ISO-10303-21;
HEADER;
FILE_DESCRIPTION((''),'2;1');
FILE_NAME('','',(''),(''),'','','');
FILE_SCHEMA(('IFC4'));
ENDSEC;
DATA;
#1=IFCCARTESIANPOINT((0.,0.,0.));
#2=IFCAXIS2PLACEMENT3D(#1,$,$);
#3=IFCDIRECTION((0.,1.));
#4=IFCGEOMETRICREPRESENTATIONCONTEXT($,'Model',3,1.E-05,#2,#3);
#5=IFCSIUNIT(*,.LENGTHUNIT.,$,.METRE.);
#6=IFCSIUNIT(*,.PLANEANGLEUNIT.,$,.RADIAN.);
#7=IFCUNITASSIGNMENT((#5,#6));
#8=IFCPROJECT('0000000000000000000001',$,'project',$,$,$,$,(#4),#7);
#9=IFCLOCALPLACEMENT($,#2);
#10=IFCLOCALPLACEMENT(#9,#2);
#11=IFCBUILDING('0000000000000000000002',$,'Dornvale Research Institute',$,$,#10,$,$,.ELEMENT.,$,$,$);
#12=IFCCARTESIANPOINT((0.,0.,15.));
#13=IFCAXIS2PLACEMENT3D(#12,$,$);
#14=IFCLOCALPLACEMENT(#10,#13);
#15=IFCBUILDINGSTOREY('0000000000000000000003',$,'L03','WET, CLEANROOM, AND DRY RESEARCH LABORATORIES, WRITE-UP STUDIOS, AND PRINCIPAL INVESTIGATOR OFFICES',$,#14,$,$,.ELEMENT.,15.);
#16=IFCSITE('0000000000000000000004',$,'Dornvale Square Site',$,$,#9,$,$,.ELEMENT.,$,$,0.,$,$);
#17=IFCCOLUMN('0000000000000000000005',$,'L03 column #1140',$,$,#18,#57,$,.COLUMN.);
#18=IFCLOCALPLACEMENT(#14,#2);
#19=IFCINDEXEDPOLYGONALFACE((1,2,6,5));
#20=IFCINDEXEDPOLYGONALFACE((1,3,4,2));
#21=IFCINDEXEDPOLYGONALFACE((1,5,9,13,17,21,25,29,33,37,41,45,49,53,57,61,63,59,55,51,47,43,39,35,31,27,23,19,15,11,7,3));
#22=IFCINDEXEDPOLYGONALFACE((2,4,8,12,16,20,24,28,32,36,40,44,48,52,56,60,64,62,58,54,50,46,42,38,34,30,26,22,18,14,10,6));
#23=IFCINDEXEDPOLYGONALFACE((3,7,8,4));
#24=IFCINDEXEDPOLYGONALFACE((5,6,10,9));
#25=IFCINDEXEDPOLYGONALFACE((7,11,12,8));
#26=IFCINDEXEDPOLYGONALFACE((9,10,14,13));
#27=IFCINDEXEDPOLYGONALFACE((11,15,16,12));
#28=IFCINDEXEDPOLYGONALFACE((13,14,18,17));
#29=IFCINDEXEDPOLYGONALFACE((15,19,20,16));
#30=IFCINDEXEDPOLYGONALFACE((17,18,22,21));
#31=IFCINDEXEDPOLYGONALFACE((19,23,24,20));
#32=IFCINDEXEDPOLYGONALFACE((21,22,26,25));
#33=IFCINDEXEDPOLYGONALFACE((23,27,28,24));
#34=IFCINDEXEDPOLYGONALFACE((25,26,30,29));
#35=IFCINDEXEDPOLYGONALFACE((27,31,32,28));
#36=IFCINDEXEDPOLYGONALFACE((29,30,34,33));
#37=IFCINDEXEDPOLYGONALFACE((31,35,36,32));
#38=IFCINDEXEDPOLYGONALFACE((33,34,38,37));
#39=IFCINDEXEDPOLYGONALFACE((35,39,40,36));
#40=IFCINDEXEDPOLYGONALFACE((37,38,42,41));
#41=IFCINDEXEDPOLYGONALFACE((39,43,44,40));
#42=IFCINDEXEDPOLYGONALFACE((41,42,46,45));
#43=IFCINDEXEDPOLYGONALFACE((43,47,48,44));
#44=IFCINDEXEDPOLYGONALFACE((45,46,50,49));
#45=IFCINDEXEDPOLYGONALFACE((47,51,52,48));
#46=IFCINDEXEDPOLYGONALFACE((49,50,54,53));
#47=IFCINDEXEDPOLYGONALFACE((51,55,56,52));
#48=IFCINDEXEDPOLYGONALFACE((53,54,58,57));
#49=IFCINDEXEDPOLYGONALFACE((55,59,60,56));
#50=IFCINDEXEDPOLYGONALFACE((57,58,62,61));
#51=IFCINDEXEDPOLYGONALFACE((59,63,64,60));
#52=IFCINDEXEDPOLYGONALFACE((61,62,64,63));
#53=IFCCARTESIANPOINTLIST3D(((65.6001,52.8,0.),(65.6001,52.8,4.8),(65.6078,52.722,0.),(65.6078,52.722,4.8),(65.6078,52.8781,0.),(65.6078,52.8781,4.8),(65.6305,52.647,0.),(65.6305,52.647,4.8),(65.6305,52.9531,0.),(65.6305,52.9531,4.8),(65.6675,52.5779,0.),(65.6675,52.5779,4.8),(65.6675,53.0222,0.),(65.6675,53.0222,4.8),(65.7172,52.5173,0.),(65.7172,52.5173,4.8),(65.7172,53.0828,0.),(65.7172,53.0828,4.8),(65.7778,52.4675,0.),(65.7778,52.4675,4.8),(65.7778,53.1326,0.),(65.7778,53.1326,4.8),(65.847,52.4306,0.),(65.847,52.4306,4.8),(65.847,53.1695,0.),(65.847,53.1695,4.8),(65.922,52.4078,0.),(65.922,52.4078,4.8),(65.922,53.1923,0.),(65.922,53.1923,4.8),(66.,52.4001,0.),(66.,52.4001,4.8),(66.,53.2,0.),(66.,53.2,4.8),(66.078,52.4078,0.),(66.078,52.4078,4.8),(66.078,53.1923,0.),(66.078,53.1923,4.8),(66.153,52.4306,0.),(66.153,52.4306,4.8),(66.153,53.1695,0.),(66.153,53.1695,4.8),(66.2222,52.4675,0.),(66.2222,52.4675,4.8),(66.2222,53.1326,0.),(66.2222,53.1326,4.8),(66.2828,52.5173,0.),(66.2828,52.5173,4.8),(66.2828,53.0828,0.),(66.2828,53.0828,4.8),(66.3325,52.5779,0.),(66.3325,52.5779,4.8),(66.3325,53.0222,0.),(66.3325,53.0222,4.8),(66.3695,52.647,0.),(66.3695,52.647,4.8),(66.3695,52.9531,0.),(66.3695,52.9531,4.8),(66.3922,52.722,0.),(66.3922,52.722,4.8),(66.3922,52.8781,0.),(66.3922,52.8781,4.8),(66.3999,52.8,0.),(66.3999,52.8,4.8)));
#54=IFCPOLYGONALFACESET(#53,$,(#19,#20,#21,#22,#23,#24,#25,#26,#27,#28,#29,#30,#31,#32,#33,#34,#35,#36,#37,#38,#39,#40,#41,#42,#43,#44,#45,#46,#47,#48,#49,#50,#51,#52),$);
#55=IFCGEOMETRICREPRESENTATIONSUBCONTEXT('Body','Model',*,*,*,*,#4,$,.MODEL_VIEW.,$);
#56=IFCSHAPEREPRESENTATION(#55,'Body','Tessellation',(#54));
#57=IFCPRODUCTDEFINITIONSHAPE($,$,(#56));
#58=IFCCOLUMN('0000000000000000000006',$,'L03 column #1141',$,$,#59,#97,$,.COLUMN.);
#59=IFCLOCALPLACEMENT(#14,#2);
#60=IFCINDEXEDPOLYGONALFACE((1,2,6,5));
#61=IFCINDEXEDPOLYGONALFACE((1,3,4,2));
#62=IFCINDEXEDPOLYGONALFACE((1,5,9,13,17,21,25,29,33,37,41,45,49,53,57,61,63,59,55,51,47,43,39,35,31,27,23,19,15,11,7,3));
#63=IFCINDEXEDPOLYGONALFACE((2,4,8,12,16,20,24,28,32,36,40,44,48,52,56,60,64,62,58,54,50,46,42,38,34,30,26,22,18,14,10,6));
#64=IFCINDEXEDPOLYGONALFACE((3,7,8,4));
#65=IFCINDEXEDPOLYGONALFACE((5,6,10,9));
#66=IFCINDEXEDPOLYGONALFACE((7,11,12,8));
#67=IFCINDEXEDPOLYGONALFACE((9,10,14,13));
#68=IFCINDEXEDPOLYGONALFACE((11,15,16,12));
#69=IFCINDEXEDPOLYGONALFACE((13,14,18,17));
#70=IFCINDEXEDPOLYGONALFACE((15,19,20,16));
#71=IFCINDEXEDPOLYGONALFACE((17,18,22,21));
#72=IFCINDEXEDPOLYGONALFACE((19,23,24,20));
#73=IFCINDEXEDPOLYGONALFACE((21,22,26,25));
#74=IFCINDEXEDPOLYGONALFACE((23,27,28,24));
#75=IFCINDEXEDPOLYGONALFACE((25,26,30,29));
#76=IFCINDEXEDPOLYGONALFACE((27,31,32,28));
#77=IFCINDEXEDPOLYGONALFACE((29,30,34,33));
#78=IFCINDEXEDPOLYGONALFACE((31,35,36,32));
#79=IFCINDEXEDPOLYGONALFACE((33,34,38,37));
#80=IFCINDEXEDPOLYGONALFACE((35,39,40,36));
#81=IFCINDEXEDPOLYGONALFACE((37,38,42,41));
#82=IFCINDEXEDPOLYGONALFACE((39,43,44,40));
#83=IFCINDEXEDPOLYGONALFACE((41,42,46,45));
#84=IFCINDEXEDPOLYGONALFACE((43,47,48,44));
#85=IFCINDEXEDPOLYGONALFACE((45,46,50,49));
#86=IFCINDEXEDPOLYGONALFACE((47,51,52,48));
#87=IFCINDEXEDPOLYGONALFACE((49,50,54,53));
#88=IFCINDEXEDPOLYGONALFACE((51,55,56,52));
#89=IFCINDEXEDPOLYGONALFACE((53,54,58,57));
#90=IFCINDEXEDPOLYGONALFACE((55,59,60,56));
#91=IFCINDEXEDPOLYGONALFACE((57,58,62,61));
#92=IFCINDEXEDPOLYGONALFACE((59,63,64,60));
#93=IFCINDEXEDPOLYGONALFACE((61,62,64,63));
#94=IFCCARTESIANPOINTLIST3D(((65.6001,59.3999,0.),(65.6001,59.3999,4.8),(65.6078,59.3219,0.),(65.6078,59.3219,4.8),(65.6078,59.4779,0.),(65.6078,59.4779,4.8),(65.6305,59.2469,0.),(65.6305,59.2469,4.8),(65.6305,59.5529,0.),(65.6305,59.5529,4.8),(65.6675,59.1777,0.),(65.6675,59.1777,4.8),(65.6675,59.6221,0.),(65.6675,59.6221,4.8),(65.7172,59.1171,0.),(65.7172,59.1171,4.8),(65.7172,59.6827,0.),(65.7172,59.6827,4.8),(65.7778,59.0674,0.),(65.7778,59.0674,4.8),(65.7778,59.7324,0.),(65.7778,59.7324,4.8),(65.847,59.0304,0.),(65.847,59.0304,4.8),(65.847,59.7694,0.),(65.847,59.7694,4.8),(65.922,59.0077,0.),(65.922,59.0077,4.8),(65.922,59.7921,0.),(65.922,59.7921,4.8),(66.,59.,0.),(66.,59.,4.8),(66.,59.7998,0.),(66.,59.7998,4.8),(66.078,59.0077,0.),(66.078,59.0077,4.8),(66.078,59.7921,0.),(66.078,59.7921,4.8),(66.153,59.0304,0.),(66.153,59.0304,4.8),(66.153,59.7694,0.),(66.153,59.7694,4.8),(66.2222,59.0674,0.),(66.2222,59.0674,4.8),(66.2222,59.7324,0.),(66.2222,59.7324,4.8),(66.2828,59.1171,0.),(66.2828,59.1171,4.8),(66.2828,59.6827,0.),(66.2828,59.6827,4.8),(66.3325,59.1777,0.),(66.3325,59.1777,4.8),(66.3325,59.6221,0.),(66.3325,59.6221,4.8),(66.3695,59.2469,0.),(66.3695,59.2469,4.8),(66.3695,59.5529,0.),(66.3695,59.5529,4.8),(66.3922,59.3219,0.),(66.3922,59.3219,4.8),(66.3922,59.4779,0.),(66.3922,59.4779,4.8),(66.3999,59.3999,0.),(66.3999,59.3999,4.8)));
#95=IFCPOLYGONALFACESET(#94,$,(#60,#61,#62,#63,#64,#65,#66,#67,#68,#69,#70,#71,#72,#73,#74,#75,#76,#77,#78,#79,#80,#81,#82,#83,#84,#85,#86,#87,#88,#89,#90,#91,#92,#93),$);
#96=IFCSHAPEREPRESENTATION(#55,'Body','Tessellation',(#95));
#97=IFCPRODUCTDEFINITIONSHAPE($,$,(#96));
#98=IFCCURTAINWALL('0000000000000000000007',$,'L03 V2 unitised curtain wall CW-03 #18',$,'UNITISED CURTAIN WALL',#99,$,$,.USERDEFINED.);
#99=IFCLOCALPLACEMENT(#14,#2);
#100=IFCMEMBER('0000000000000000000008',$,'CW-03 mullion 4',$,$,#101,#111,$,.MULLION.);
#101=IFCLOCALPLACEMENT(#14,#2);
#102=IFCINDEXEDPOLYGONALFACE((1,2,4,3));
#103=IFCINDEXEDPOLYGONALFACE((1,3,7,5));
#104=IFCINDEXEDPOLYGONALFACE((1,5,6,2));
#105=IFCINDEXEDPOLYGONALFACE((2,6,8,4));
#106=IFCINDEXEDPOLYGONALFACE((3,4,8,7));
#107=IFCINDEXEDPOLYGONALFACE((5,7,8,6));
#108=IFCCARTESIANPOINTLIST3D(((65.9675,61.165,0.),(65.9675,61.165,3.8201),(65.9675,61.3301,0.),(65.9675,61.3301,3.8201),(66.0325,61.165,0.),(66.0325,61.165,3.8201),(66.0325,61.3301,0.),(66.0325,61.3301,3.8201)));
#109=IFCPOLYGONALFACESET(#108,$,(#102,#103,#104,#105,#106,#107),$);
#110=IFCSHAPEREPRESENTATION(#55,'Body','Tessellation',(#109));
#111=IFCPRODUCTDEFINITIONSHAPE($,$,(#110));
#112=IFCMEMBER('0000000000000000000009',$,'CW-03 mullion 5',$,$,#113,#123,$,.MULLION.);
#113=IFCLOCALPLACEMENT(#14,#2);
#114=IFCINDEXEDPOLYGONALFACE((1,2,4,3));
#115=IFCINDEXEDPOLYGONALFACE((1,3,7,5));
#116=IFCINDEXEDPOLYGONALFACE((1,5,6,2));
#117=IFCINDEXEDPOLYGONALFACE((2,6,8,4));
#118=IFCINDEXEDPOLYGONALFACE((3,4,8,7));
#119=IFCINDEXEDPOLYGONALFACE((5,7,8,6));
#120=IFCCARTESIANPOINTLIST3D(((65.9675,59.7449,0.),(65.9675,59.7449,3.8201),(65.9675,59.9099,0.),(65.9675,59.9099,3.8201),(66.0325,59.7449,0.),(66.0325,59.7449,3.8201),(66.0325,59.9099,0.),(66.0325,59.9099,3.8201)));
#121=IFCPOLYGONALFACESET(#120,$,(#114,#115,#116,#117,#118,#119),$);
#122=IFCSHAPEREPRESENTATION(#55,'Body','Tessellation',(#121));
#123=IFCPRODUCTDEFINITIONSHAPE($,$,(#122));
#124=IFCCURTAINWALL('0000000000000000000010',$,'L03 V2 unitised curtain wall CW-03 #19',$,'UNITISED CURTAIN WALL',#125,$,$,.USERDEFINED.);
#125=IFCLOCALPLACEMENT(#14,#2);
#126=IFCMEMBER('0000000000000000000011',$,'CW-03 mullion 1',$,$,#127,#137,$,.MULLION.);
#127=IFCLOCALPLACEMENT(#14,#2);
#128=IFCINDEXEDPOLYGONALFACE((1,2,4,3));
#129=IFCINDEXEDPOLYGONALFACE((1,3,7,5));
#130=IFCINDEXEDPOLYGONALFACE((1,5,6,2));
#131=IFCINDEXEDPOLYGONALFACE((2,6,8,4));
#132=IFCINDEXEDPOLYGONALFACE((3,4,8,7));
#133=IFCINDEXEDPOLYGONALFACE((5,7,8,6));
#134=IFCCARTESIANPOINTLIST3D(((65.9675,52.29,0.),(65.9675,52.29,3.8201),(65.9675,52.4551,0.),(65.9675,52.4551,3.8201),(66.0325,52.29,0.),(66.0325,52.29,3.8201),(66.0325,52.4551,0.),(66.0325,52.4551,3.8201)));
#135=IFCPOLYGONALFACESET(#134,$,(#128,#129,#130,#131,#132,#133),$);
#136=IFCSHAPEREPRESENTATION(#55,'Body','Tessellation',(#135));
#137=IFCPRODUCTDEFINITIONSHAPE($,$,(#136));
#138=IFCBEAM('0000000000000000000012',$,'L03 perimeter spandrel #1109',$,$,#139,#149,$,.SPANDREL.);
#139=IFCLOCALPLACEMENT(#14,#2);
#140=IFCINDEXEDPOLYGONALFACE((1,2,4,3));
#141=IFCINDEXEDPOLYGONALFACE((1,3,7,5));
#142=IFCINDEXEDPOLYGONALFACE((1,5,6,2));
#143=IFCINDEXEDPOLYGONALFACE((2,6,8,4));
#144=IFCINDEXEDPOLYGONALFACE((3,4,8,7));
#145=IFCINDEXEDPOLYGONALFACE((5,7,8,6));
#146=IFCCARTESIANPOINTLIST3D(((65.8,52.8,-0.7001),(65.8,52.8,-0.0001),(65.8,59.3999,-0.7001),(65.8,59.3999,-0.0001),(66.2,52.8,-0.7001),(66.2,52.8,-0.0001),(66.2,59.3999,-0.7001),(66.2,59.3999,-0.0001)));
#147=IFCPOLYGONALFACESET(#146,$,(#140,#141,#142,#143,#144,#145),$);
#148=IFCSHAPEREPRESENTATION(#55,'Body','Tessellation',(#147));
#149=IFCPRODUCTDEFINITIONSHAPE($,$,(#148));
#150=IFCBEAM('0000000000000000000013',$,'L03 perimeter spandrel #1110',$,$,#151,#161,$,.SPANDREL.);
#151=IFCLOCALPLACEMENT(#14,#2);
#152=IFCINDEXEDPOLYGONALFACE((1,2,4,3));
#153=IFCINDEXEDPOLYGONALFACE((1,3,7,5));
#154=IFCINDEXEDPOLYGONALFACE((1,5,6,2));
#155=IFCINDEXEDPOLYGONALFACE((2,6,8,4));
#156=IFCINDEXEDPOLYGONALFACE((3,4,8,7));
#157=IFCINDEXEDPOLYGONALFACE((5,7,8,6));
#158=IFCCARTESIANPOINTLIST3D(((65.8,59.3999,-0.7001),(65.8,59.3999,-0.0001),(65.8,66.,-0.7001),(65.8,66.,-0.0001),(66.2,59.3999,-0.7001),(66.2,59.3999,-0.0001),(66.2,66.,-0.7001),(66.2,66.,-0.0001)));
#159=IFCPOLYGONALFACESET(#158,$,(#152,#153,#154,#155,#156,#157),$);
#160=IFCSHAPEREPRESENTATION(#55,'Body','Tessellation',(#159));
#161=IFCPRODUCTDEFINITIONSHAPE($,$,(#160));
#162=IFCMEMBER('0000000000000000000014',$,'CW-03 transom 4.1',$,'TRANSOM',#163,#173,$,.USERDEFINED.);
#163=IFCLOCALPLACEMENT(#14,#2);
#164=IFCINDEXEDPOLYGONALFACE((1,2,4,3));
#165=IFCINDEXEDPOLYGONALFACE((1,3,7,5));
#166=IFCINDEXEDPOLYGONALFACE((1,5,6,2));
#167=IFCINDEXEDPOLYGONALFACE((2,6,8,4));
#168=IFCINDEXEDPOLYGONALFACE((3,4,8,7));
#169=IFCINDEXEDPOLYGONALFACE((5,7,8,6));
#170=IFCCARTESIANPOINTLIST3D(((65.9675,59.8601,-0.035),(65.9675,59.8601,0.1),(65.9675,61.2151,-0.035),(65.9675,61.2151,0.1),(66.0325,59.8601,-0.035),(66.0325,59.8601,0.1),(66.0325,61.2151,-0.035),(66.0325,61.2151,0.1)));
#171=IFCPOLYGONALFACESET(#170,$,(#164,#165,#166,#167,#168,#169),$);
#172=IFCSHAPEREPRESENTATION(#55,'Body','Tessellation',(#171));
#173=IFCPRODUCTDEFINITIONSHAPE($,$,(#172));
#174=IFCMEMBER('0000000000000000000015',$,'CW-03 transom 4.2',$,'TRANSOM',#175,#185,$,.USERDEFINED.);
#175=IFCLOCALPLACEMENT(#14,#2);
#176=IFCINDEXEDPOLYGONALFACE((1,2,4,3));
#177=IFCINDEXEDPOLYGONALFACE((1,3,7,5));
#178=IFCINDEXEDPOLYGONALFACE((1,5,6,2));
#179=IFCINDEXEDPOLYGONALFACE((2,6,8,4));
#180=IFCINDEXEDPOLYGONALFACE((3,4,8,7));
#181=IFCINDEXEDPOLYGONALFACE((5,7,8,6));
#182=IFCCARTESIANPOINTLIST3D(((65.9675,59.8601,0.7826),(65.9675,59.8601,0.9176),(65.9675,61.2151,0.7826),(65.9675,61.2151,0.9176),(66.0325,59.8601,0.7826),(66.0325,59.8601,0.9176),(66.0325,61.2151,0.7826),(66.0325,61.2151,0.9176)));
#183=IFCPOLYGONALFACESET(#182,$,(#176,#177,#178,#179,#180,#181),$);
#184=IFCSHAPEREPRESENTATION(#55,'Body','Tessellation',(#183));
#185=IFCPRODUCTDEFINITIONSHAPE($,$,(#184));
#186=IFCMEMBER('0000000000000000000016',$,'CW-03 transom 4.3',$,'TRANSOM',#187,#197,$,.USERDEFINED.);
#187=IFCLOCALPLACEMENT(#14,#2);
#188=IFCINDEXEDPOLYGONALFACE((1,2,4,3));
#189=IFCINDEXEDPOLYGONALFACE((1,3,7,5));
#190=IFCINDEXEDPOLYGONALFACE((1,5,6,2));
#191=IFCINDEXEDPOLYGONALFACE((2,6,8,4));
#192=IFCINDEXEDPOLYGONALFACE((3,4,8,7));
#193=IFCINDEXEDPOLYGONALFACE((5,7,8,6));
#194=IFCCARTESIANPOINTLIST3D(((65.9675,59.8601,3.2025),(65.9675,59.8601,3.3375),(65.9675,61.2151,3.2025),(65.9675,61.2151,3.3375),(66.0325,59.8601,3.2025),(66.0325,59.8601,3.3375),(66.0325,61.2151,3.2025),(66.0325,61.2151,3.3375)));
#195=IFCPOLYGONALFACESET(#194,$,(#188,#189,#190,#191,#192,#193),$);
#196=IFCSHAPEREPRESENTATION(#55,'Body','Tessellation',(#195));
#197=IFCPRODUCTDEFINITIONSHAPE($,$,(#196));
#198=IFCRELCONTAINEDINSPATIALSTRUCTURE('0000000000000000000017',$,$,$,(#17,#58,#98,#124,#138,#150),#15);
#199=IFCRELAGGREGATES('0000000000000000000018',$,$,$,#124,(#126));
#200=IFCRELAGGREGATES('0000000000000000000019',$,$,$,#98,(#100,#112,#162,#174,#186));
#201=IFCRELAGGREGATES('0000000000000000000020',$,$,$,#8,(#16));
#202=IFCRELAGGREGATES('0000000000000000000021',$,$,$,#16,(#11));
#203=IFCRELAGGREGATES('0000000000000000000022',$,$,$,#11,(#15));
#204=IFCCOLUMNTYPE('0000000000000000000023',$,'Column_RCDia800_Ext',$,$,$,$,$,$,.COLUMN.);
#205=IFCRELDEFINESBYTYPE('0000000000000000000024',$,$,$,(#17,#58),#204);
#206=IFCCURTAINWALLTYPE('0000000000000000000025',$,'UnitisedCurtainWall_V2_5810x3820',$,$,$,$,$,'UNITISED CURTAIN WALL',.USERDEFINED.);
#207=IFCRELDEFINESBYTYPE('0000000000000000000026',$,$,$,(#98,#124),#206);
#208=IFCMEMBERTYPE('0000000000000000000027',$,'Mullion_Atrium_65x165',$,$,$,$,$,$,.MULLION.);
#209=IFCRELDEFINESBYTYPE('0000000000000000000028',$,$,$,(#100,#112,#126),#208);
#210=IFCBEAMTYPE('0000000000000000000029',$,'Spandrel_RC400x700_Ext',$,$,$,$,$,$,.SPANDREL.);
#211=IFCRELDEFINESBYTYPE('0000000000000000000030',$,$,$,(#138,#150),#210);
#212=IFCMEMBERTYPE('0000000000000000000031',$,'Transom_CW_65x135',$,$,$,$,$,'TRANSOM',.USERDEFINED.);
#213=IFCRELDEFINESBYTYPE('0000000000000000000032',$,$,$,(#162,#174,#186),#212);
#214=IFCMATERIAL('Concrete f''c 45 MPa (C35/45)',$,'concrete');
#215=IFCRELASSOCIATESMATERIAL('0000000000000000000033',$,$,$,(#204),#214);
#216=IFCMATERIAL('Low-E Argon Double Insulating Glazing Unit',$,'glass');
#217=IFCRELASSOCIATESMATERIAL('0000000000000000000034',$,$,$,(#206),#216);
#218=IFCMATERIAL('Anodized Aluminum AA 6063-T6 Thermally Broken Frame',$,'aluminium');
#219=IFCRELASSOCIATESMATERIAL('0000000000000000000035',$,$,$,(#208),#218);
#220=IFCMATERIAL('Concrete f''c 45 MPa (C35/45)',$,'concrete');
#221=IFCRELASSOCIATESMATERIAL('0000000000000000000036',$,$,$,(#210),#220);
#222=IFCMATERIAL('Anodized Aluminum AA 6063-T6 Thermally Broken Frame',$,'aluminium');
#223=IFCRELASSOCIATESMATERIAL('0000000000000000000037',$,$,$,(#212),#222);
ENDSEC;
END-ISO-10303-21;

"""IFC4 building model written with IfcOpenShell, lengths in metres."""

from ifc_helpers import new_model, si_unit, direction, frame, origin, origin_2d, place, context, subcontext, project, spatial, rectangle, circle, extrude, material, material_profile, profile_set, type_object, element, aggregate, save


model = new_model("IFC4")

# Units and contexts
model_context = context("Model", 3, precision=1e-05, world=origin(), true_north=direction((0.0, 1.0)))
body_context = subcontext(model_context, "Body", "Model", "MODEL_VIEW")
ifc_project = project(units=[si_unit("LENGTHUNIT", "METRE"), si_unit("PLANEANGLEUNIT", "RADIAN")], contexts=[model_context])

# Site, building, storey
site_placement = place(None, origin())
site = spatial("IfcSite", under=ifc_project, at=site_placement, Name="Dornvale Square Site", CompositionType="ELEMENT", RefElevation=0.0)
building_placement = place(site_placement, origin())
building = spatial("IfcBuilding", under=site, at=building_placement, Name="Dornvale Research Institute", CompositionType="ELEMENT")
storey_placement = place(building_placement, frame((0.0, 0.0, 15.0)))
storey = spatial("IfcBuildingStorey", under=building, at=storey_placement, Name="L03", Description="WET, CLEANROOM, AND DRY RESEARCH LABORATORIES, WRITE-UP STUDIOS, AND PRINCIPAL INVESTIGATOR OFFICES", CompositionType="ELEMENT", Elevation=15.0)

# Columns
ifc_material_1 = material(Name="Concrete f'c 45 MPa (C35/45)", Category="concrete")
ifc_material_profile_1 = material_profile(ifc_material_1, circle(Radius=0.3999, at=origin_2d()), Name="RC DIA 800")
ifc_profile_set_1 = profile_set([ifc_material_profile_1], Name="Concrete f'c 45 MPa (C35/45)")
column_type = type_object("IfcColumnType", Name="Column_RCDia800_Ext", PredefinedType="COLUMN", material=ifc_profile_set_1)
for number, where, z_axis, x_axis, name in (
    (1, (66.0, 52.8, 0.0), (0.0, 0.0, 1.0), (1.0, 0.0, 0.0), "L03 column #1140"),
    (2, (66.0, 59.3999, 0.0), (0.0, 0.0, 1.0), (1.0, 0.0, 0.0), "L03 column #1141"),
):
    element("IfcColumn", number, at=place(storey_placement, frame(where, z_axis=z_axis, x_axis=x_axis)), inside=storey, type_object=column_type, Name=name, PredefinedType="COLUMN", context=body_context, shape_type="SweptSolid", body=[
        extrude(circle(Radius=0.3999, at=origin_2d()), origin(), (0.0, 0.0, 1.0), 4.8),
    ])

# Curtain wall, members
ifc_material_2 = material(Name="Low-E Argon Double Insulating Glazing Unit", Category="glass")
curtain_wall_type = type_object("IfcCurtainWallType", Name="UnitisedCurtainWall_V2_5810x3820", ElementType="UNITISED CURTAIN WALL", PredefinedType="USERDEFINED", material=ifc_material_2)
curtain_wall_1_placement = place(storey_placement, origin())
curtain_wall_1 = element("IfcCurtainWall", 3, at=curtain_wall_1_placement, inside=storey, type_object=curtain_wall_type, Name="L03 V2 unitised curtain wall CW-03 #18", ObjectType="UNITISED CURTAIN WALL", PredefinedType="USERDEFINED")
ifc_material_3 = material(Name="Anodized Aluminum AA 6063-T6 Thermally Broken Frame", Category="aluminium")
ifc_material_profile_2 = material_profile(ifc_material_3, rectangle(XDim=0.0649, YDim=0.165, at=origin_2d()), Name="ALU MULLION 65x165")
ifc_profile_set_2 = profile_set([ifc_material_profile_2], Name="Anodized Aluminum AA 6063-T6 Thermally Broken Frame")
member_type_1 = type_object("IfcMemberType", Name="Mullion_Atrium_65x165", PredefinedType="MULLION", material=ifc_profile_set_2)
member_1_placement = place(storey_placement, frame((66.0, 61.2476, 0.0), z_axis=(0.0, 0.0, 1.0), x_axis=(1.0, 0.0, 0.0)))
member_1 = element("IfcMember", 4, at=member_1_placement, type_object=member_type_1, Name="CW-03 mullion 4", PredefinedType="MULLION", context=body_context, shape_type="SweptSolid", body=[
    extrude(rectangle(XDim=0.0649, YDim=0.165, at=origin_2d()), origin(), (0.0, 0.0, 1.0), 3.8201),
])
member_2_placement = place(storey_placement, frame((66.0, 59.8274, 0.0), z_axis=(0.0, 0.0, 1.0), x_axis=(1.0, 0.0, 0.0)))
member_2 = element("IfcMember", 5, at=member_2_placement, type_object=member_type_1, Name="CW-03 mullion 5", PredefinedType="MULLION", context=body_context, shape_type="SweptSolid", body=[
    extrude(rectangle(XDim=0.0649, YDim=0.165, at=origin_2d()), origin(), (0.0, 0.0, 1.0), 3.8201),
])

# Curtain wall, member
curtain_wall_2_placement = place(storey_placement, origin())
curtain_wall_2 = element("IfcCurtainWall", 6, at=curtain_wall_2_placement, inside=storey, type_object=curtain_wall_type, Name="L03 V2 unitised curtain wall CW-03 #19", ObjectType="UNITISED CURTAIN WALL", PredefinedType="USERDEFINED")
member_3_placement = place(storey_placement, frame((66.0, 52.3726, 0.0), z_axis=(0.0, 0.0, 1.0), x_axis=(1.0, 0.0, 0.0)))
member_3 = element("IfcMember", 7, at=member_3_placement, type_object=member_type_1, Name="CW-03 mullion 1", PredefinedType="MULLION", context=body_context, shape_type="SweptSolid", body=[
    extrude(rectangle(XDim=0.0649, YDim=0.165, at=origin_2d()), origin(), (0.0, 0.0, 1.0), 3.8201),
])

# Beams
ifc_material_4 = material(Name="Concrete f'c 45 MPa (C35/45)", Category="concrete")
ifc_material_profile_3 = material_profile(ifc_material_4, rectangle(XDim=0.3999, YDim=0.7, at=origin_2d()), Name="RC 400x700")
ifc_profile_set_3 = profile_set([ifc_material_profile_3], Name="Concrete f'c 45 MPa (C35/45)")
beam_type = type_object("IfcBeamType", Name="Spandrel_RC400x700_Ext", PredefinedType="SPANDREL", material=ifc_profile_set_3)
beam_1_placement = place(storey_placement, frame((66.0, 52.8, -0.3501), z_axis=(0.0, 1.0, 0.0), x_axis=(-1.0, 0.0, 0.0)))
element("IfcBeam", 8, at=beam_1_placement, inside=storey, type_object=beam_type, Name="L03 perimeter spandrel #1109", PredefinedType="SPANDREL", context=body_context, shape_type="SweptSolid", body=[
    extrude(rectangle(XDim=0.3999, YDim=0.7, at=origin_2d()), origin(), (0.0, 0.0, 1.0), 6.5999),
])
beam_2_placement = place(storey_placement, frame((66.0, 59.3999, -0.3501), z_axis=(0.0, 1.0, 0.0), x_axis=(-1.0, 0.0, 0.0)))
element("IfcBeam", 9, at=beam_2_placement, inside=storey, type_object=beam_type, Name="L03 perimeter spandrel #1110", PredefinedType="SPANDREL", context=body_context, shape_type="SweptSolid", body=[
    extrude(rectangle(XDim=0.3999, YDim=0.7, at=origin_2d()), origin(), (0.0, 0.0, 1.0), 6.6001),
])

# Members
ifc_material_5 = material(Name="Anodized Aluminum AA 6063-T6 Thermally Broken Frame", Category="aluminium")
ifc_material_profile_4 = material_profile(ifc_material_5, rectangle(XDim=0.0649, YDim=0.135, at=origin_2d()), Name="ALU TRANSOM 65x135")
ifc_profile_set_4 = profile_set([ifc_material_profile_4], Name="Anodized Aluminum AA 6063-T6 Thermally Broken Frame")
member_type_2 = type_object("IfcMemberType", Name="Transom_CW_65x135", ElementType="TRANSOM", PredefinedType="USERDEFINED", material=ifc_profile_set_4)
member_4_placement = place(storey_placement, frame((66.0, 61.2151, 0.0325), z_axis=(0.0, -1.0, 0.0), x_axis=(1.0, 0.0, 0.0)))
member_4 = element("IfcMember", 10, at=member_4_placement, type_object=member_type_2, Name="CW-03 transom 4.1", ObjectType="TRANSOM", PredefinedType="USERDEFINED", context=body_context, shape_type="SweptSolid", body=[
    extrude(rectangle(XDim=0.0649, YDim=0.135, at=origin_2d()), origin(), (0.0, 0.0, 1.0), 1.355),
])
member_5_placement = place(storey_placement, frame((66.0, 61.2151, 0.8501), z_axis=(0.0, -1.0, 0.0), x_axis=(1.0, 0.0, 0.0)))
member_5 = element("IfcMember", 11, at=member_5_placement, type_object=member_type_2, Name="CW-03 transom 4.2", ObjectType="TRANSOM", PredefinedType="USERDEFINED", context=body_context, shape_type="SweptSolid", body=[
    extrude(rectangle(XDim=0.0649, YDim=0.135, at=origin_2d()), origin(), (0.0, 0.0, 1.0), 1.355),
])
member_6_placement = place(storey_placement, frame((66.0, 61.2151, 3.27), z_axis=(0.0, -1.0, 0.0), x_axis=(1.0, 0.0, 0.0)))
member_6 = element("IfcMember", 12, at=member_6_placement, type_object=member_type_2, Name="CW-03 transom 4.3", ObjectType="TRANSOM", PredefinedType="USERDEFINED", context=body_context, shape_type="SweptSolid", body=[
    extrude(rectangle(XDim=0.0649, YDim=0.135, at=origin_2d()), origin(), (0.0, 0.0, 1.0), 1.355),
])
aggregate(curtain_wall_2, [member_3])

aggregate(curtain_wall_1, [member_1, member_2, member_4, member_5, member_6])

save(model, "model.ifc")
